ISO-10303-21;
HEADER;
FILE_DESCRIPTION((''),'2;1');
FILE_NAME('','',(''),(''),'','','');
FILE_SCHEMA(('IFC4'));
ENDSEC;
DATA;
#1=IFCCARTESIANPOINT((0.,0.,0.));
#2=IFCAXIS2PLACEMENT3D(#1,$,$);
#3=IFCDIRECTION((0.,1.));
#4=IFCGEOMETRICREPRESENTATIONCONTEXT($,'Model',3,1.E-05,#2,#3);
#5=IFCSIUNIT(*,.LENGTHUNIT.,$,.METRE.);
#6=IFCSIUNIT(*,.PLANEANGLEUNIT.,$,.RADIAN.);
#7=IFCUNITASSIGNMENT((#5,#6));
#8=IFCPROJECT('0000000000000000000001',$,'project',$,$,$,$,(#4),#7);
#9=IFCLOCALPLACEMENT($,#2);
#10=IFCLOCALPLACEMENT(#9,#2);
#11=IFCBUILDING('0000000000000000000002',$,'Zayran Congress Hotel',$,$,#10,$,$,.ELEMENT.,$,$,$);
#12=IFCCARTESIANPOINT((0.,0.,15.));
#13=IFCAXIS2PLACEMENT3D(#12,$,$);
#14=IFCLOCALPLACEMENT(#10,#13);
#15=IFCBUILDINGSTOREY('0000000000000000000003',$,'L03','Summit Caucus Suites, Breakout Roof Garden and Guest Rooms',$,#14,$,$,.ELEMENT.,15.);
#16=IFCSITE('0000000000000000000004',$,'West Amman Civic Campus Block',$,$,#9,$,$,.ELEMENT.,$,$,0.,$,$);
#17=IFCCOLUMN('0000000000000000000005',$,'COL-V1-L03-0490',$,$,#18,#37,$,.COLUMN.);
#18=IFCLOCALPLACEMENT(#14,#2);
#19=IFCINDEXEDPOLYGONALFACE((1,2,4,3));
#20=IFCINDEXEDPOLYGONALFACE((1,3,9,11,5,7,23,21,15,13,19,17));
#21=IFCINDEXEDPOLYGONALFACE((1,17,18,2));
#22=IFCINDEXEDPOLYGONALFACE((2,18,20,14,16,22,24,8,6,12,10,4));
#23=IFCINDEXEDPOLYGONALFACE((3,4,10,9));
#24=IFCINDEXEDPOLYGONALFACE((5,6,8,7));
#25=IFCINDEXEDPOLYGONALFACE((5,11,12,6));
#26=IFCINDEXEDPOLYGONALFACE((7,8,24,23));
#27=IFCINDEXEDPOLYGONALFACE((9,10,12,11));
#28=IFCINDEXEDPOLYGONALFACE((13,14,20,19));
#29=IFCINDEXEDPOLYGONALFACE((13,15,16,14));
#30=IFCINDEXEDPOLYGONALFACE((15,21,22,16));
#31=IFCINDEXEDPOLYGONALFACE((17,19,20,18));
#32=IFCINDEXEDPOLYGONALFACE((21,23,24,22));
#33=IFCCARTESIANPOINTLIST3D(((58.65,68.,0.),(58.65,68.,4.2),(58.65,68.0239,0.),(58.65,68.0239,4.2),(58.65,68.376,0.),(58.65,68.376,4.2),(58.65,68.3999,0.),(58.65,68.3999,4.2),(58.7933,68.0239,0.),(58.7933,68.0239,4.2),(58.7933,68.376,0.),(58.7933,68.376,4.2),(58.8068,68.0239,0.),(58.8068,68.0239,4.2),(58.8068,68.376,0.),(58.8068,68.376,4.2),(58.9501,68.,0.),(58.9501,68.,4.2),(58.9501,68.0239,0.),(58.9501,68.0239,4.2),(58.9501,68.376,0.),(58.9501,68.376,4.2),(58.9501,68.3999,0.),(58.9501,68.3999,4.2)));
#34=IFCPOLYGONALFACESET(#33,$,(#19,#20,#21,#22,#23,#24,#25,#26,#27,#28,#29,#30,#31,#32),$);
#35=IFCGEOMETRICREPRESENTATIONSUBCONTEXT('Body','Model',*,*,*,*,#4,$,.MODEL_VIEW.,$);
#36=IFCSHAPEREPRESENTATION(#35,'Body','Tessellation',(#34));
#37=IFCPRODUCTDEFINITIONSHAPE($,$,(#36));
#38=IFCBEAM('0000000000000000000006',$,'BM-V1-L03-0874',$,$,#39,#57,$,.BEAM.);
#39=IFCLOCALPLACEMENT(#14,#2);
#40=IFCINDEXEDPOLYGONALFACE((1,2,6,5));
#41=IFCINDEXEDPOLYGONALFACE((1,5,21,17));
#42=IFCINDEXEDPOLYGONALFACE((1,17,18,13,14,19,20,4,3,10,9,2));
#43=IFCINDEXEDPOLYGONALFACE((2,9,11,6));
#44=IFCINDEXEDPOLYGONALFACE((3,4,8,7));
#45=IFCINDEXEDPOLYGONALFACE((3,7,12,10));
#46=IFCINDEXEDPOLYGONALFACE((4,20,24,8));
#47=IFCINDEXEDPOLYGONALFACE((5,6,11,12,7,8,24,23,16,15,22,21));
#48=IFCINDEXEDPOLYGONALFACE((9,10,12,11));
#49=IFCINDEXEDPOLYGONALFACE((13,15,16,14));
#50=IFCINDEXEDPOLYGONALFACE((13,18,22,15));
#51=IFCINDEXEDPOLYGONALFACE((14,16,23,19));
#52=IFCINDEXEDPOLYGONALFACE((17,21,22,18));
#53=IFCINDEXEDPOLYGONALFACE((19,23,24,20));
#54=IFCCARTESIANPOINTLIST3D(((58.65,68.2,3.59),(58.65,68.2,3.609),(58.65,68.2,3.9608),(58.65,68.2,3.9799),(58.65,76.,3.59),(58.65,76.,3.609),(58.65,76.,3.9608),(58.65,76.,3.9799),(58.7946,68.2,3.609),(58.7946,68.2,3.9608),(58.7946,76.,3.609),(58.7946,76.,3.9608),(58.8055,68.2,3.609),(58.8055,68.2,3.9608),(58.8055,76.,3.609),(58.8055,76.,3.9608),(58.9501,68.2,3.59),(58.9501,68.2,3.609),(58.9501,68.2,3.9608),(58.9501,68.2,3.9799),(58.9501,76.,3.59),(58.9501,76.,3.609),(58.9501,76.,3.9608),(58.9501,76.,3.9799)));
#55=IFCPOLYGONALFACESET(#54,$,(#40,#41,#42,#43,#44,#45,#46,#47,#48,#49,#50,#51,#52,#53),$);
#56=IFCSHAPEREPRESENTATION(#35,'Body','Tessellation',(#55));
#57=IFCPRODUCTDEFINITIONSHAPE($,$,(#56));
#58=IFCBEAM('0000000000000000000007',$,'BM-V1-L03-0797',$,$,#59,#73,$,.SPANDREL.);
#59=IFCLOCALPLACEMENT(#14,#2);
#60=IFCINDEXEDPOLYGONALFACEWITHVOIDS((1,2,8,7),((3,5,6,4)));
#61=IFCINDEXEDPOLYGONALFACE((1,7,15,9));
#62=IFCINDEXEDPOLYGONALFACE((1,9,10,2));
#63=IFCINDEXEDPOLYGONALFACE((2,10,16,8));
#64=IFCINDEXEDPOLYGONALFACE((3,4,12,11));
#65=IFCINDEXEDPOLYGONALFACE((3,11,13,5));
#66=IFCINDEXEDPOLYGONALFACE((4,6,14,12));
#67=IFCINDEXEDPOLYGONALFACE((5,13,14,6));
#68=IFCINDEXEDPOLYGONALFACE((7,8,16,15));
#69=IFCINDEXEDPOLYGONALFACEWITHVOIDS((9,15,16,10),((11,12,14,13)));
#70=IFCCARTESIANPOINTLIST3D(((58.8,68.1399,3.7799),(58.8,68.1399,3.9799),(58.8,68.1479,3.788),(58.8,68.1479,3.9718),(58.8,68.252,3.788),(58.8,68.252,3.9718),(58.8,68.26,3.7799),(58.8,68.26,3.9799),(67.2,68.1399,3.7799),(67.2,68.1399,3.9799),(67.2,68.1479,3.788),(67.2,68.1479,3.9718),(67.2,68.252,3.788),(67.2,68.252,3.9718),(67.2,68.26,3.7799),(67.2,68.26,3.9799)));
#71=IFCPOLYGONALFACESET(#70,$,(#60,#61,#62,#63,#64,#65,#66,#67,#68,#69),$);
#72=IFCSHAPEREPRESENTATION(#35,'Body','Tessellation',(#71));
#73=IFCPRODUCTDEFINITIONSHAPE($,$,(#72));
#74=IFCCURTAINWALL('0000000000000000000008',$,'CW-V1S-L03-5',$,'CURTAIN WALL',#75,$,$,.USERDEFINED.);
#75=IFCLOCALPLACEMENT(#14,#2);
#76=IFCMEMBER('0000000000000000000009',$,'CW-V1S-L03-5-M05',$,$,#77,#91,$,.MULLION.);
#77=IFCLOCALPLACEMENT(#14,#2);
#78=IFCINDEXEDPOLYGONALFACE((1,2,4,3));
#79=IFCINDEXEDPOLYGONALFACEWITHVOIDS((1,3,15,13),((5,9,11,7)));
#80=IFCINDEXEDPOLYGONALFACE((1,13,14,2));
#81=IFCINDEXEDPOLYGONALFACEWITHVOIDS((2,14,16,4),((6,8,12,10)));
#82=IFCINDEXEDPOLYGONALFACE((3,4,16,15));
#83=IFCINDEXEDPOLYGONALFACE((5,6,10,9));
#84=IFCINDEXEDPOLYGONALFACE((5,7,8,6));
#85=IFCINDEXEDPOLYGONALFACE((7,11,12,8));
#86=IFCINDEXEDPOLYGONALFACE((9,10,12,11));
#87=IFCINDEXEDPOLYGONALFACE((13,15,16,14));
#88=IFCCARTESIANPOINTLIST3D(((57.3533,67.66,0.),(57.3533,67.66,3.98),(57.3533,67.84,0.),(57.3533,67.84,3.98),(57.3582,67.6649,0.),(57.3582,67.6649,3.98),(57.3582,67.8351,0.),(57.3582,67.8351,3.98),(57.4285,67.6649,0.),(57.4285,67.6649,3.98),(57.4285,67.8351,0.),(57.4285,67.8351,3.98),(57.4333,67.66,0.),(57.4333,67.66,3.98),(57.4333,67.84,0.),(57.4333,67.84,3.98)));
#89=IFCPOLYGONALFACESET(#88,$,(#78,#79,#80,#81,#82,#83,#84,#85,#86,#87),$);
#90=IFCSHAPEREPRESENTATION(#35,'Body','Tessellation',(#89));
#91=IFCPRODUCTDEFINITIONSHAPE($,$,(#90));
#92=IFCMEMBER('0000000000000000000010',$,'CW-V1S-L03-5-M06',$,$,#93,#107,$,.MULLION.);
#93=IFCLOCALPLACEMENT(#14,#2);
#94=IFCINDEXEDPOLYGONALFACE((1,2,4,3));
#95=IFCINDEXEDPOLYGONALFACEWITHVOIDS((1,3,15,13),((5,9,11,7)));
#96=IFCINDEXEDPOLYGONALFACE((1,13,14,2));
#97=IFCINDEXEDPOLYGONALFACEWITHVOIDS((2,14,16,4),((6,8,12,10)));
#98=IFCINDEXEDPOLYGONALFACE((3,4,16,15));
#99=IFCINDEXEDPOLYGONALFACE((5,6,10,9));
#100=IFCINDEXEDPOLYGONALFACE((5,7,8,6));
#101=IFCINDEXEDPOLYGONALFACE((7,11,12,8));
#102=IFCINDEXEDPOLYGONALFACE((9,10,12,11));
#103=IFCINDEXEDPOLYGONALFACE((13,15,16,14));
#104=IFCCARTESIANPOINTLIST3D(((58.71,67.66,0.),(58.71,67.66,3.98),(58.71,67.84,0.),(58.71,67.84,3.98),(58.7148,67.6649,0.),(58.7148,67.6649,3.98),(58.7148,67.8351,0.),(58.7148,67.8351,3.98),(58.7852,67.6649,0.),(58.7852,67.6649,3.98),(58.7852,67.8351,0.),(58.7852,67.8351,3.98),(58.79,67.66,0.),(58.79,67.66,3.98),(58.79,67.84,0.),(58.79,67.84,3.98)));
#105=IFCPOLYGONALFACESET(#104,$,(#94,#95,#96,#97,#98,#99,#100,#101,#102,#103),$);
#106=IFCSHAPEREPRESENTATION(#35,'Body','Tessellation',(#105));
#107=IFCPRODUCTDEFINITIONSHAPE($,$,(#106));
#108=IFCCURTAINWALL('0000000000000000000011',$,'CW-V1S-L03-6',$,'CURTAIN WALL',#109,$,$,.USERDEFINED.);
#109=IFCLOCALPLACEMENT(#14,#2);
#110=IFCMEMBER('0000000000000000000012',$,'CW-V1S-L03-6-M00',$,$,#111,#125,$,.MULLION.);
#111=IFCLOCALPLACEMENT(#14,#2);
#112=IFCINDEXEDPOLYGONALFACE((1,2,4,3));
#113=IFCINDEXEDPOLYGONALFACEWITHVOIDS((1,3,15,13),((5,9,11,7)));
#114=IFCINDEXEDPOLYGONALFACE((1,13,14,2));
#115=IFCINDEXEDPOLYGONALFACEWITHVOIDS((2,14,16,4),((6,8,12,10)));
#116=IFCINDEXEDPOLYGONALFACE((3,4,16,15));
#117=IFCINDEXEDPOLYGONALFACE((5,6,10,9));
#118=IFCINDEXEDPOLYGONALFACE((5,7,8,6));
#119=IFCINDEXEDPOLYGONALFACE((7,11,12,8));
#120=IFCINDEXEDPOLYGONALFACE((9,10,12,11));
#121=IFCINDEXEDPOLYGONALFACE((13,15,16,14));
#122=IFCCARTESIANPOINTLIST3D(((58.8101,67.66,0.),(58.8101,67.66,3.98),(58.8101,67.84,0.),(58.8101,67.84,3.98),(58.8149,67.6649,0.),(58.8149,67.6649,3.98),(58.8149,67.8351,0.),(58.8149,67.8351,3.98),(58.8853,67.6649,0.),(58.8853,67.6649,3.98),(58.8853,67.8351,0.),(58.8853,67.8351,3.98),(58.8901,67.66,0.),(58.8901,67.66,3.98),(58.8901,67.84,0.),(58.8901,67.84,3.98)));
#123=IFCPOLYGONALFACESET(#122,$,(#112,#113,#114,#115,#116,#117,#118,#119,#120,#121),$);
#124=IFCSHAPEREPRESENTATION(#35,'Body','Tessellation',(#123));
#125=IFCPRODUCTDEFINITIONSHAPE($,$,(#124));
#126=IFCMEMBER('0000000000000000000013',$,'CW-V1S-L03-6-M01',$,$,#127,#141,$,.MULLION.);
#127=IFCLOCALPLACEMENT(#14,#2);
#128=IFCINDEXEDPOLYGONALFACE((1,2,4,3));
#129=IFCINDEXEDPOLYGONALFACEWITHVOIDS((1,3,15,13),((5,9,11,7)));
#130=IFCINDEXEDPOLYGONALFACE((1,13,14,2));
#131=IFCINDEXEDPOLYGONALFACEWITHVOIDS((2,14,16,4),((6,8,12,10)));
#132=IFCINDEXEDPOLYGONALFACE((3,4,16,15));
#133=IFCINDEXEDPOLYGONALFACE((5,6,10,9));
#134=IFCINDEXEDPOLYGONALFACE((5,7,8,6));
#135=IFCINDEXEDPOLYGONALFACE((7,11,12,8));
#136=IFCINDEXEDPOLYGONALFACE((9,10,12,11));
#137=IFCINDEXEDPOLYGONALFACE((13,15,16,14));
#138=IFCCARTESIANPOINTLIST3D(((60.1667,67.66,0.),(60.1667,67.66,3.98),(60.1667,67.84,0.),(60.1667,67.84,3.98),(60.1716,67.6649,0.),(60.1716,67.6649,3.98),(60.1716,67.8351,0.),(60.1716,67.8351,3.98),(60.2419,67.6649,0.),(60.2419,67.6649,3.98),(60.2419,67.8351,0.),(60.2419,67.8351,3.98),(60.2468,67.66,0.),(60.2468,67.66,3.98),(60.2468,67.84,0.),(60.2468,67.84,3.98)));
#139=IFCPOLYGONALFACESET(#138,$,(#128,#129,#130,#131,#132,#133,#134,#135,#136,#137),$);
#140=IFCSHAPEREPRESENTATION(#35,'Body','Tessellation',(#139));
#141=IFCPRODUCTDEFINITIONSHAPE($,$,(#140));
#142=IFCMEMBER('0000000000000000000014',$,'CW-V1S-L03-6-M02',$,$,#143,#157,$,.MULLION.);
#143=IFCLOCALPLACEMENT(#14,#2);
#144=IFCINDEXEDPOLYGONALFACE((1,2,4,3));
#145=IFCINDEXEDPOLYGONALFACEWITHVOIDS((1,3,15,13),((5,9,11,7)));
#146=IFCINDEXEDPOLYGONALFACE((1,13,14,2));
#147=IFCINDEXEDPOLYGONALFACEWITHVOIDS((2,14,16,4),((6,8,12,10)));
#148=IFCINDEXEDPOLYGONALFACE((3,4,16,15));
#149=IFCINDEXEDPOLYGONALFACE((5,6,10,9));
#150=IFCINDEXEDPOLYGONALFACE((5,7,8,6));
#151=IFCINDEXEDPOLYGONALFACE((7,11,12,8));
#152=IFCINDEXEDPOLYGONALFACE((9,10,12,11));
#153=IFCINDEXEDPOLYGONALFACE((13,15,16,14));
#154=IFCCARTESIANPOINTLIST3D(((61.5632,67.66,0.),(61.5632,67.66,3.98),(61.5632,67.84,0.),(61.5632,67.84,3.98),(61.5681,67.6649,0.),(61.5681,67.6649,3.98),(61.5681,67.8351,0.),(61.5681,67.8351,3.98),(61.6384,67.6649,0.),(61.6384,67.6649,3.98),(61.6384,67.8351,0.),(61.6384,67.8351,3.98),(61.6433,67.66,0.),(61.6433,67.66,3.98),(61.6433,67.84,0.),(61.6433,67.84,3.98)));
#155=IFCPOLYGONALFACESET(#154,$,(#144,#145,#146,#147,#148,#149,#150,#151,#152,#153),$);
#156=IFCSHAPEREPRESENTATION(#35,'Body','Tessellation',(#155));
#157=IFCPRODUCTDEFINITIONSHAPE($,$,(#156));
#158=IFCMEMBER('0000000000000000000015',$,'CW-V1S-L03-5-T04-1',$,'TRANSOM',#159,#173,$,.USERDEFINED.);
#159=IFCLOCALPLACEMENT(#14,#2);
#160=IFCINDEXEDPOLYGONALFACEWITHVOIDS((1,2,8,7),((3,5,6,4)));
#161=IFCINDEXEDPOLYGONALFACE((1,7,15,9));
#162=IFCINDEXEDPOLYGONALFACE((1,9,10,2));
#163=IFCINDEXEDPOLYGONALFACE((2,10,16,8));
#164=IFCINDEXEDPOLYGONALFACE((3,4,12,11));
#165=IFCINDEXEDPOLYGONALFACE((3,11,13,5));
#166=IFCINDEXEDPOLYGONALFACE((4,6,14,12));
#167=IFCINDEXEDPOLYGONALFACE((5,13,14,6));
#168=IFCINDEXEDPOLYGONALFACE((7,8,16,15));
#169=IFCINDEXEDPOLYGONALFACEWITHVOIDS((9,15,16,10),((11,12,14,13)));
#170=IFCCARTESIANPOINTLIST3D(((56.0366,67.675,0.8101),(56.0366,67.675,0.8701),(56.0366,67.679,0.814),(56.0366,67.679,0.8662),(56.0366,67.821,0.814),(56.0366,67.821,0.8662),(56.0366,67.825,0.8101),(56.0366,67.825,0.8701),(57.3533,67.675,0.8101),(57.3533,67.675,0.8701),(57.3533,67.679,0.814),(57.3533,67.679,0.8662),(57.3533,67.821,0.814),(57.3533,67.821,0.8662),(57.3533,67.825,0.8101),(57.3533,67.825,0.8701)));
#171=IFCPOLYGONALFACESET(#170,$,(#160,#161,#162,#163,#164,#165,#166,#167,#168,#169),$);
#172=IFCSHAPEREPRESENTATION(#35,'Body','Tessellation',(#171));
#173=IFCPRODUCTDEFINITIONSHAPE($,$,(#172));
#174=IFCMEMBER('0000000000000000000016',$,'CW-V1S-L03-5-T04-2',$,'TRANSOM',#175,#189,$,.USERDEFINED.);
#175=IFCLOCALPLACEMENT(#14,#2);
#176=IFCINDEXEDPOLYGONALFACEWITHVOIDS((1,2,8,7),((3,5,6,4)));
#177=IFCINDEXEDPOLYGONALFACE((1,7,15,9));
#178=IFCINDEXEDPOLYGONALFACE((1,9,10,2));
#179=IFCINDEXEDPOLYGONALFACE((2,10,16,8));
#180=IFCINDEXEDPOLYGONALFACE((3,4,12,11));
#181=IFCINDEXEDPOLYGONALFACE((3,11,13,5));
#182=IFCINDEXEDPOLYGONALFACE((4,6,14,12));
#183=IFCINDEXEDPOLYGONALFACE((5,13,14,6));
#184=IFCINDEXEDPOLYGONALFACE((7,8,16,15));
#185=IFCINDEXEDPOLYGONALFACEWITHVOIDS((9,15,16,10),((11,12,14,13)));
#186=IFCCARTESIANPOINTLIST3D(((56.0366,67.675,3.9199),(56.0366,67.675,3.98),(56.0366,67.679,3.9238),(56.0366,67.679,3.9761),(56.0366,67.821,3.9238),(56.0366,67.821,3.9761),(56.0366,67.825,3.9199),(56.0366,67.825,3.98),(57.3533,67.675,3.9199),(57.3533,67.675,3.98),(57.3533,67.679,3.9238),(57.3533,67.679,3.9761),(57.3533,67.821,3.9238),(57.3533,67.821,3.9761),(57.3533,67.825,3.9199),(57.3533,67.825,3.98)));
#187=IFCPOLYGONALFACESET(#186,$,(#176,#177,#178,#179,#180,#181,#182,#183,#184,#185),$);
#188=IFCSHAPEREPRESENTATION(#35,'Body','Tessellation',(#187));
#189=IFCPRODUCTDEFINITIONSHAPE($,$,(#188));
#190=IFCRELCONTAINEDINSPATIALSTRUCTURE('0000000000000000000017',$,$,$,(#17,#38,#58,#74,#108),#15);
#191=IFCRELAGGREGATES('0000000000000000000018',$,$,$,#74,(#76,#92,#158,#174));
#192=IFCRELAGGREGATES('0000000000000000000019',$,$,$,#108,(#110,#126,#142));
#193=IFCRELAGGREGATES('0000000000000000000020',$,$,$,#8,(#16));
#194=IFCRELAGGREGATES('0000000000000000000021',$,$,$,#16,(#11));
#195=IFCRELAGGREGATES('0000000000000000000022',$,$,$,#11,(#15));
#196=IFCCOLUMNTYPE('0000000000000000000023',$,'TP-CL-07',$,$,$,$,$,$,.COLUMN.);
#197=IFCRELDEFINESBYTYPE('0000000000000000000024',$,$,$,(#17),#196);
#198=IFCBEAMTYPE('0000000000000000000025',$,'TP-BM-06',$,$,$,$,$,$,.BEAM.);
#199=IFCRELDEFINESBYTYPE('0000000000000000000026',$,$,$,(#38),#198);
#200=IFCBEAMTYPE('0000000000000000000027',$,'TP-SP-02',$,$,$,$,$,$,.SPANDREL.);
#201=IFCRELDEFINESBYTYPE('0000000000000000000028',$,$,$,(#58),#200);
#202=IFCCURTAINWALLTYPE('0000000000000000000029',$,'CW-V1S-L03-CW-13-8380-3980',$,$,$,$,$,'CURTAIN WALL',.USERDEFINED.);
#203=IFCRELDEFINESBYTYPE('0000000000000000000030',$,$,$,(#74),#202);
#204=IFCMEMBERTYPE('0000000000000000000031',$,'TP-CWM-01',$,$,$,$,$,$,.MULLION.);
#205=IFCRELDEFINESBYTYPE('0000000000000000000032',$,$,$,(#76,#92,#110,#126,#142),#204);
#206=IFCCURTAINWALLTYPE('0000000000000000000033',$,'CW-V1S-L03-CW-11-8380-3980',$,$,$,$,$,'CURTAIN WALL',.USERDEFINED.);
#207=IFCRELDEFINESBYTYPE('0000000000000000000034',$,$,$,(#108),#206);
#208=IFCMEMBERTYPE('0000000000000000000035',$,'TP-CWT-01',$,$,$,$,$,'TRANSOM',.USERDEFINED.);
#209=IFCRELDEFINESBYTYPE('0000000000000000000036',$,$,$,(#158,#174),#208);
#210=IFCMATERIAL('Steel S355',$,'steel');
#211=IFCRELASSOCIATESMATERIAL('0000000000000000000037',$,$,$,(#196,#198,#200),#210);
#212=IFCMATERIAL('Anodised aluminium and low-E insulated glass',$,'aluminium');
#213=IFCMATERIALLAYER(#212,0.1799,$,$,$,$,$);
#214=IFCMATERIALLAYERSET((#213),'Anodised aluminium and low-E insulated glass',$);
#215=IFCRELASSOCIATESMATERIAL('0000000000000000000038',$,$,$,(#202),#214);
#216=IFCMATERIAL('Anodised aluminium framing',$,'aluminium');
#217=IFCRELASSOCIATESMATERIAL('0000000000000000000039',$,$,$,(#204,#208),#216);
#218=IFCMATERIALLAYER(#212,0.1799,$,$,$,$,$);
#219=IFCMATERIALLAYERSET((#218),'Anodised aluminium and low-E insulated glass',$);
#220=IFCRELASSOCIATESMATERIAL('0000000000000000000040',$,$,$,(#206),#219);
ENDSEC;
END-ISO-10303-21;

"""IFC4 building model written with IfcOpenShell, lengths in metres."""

from ifc_helpers import new_model, si_unit, direction, frame, origin, origin_2d, place, context, subcontext, project, spatial, hollow_rectangle, i_section, extrude, material, layer, layer_set, material_profile, profile_set, type_object, element, aggregate, save


model = new_model("IFC4")

# Units and contexts
model_context = context("Model", 3, precision=1e-05, world=origin(), true_north=direction((0.0, 1.0)))
body_context = subcontext(model_context, "Body", "Model", "MODEL_VIEW")
ifc_project = project(units=[si_unit("LENGTHUNIT", "METRE"), si_unit("PLANEANGLEUNIT", "RADIAN")], contexts=[model_context])

# Site, building, storey
site_placement = place(None, origin())
site = spatial("IfcSite", under=ifc_project, at=site_placement, Name="West Amman Civic Campus Block", CompositionType="ELEMENT", RefElevation=0.0)
building_placement = place(site_placement, origin())
building = spatial("IfcBuilding", under=site, at=building_placement, Name="Zayran Congress Hotel", CompositionType="ELEMENT")
storey_placement = place(building_placement, frame((0.0, 0.0, 15.0)))
storey = spatial("IfcBuildingStorey", under=building, at=storey_placement, Name="L03", Description="Summit Caucus Suites, Breakout Roof Garden and Guest Rooms", CompositionType="ELEMENT", Elevation=15.0)

# Column
ifc_material_1 = material(Name="Steel S355", Category="steel")
ifc_material_profile_1 = material_profile(ifc_material_1, i_section(OverallWidth=0.3, OverallDepth=0.3999, WebThickness=0.0134, FlangeThickness=0.0239, at=origin_2d()), Name="HEB 400")
ifc_profile_set_1 = profile_set([ifc_material_profile_1], Name="Steel S355")
column_type = type_object("IfcColumnType", Name="TP-CL-07", PredefinedType="COLUMN", material=ifc_profile_set_1)
column_placement = place(storey_placement, frame((58.8, 68.2, 0.0), z_axis=(0.0, 0.0, 1.0), x_axis=(1.0, 0.0, 0.0)))
element("IfcColumn", 1, at=column_placement, inside=storey, type_object=column_type, Name="COL-V1-L03-0490", PredefinedType="COLUMN", context=body_context, shape_type="SweptSolid", body=[
    extrude(i_section(OverallWidth=0.3, OverallDepth=0.3999, WebThickness=0.0134, FlangeThickness=0.0239, at=origin_2d()), origin(), (0.0, 0.0, 1.0), 4.2),
])

# Beams
ifc_material_profile_2 = material_profile(ifc_material_1, i_section(OverallWidth=0.3, OverallDepth=0.3899, WebThickness=0.011, FlangeThickness=0.019, at=origin_2d()), Name="HEA 400")
ifc_profile_set_2 = profile_set([ifc_material_profile_2], Name="Steel S355")
beam_type_1 = type_object("IfcBeamType", Name="TP-BM-06", PredefinedType="BEAM", material=ifc_profile_set_2)
beam_1_placement = place(storey_placement, frame((58.8, 68.2, 3.7849), z_axis=(0.0, 1.0, 0.0), x_axis=(-1.0, 0.0, 0.0)))
element("IfcBeam", 2, at=beam_1_placement, inside=storey, type_object=beam_type_1, Name="BM-V1-L03-0874", PredefinedType="BEAM", context=body_context, shape_type="SweptSolid", body=[
    extrude(i_section(OverallWidth=0.3, OverallDepth=0.3899, WebThickness=0.011, FlangeThickness=0.019, at=origin_2d()), origin(), (0.0, 0.0, 1.0), 7.8),
])
ifc_material_profile_3 = material_profile(ifc_material_1, hollow_rectangle(XDim=0.1201, YDim=0.2, WallThickness=0.0081, at=origin_2d()), Name="RHS 200x120x8")
ifc_profile_set_3 = profile_set([ifc_material_profile_3], Name="Steel S355")
beam_type_2 = type_object("IfcBeamType", Name="TP-SP-02", PredefinedType="SPANDREL", material=ifc_profile_set_3)
beam_2_placement = place(storey_placement, frame((58.8, 68.2, 3.8799), z_axis=(1.0, 0.0, 0.0), x_axis=(0.0, 1.0, 0.0)))
element("IfcBeam", 3, at=beam_2_placement, inside=storey, type_object=beam_type_2, Name="BM-V1-L03-0797", PredefinedType="SPANDREL", context=body_context, shape_type="SweptSolid", body=[
    extrude(hollow_rectangle(XDim=0.1201, YDim=0.2, WallThickness=0.0081, at=origin_2d()), origin(), (0.0, 0.0, 1.0), 8.3999),
])

# Curtain walls, members
ifc_material_2 = material(Name="Anodised aluminium and low-E insulated glass", Category="aluminium")
ifc_layer_1 = layer(ifc_material_2, 0.1799)
ifc_layer_set_1 = layer_set([ifc_layer_1], Name="Anodised aluminium and low-E insulated glass")
curtain_wall_type_1 = type_object("IfcCurtainWallType", Name="CW-V1S-L03-CW-13-8380-3980", ElementType="CURTAIN WALL", PredefinedType="USERDEFINED", material=ifc_layer_set_1)
curtain_wall_1_placement = place(storey_placement, origin())
curtain_wall_1 = element("IfcCurtainWall", 4, at=curtain_wall_1_placement, inside=storey, type_object=curtain_wall_type_1, Name="CW-V1S-L03-5", ObjectType="CURTAIN WALL", PredefinedType="USERDEFINED")
ifc_material_3 = material(Name="Anodised aluminium framing", Category="aluminium")
ifc_material_profile_4 = material_profile(ifc_material_3, hollow_rectangle(XDim=0.0801, YDim=0.1799, WallThickness=0.0049, at=origin_2d()), Name="RHS 180x80x5")
ifc_profile_set_4 = profile_set([ifc_material_profile_4], Name="Anodised aluminium framing")
member_type_1 = type_object("IfcMemberType", Name="TP-CWM-01", PredefinedType="MULLION", material=ifc_profile_set_4)
member_1_placement = place(storey_placement, frame((57.3933, 67.75, 0.0), z_axis=(0.0, 0.0, 1.0), x_axis=(1.0, 0.0, 0.0)))
member_1 = element("IfcMember", 5, at=member_1_placement, type_object=member_type_1, Name="CW-V1S-L03-5-M05", PredefinedType="MULLION", context=body_context, shape_type="SweptSolid", body=[
    extrude(hollow_rectangle(XDim=0.0801, YDim=0.1799, WallThickness=0.0049, at=origin_2d()), origin(), (0.0, 0.0, 1.0), 3.98),
])
member_2_placement = place(storey_placement, frame((58.75, 67.75, 0.0), z_axis=(0.0, 0.0, 1.0), x_axis=(1.0, 0.0, 0.0)))
member_2 = element("IfcMember", 6, at=member_2_placement, type_object=member_type_1, Name="CW-V1S-L03-5-M06", PredefinedType="MULLION", context=body_context, shape_type="SweptSolid", body=[
    extrude(hollow_rectangle(XDim=0.0801, YDim=0.1799, WallThickness=0.0049, at=origin_2d()), origin(), (0.0, 0.0, 1.0), 3.98),
])
ifc_layer_2 = layer(ifc_material_2, 0.1799)
ifc_layer_set_2 = layer_set([ifc_layer_2], Name="Anodised aluminium and low-E insulated glass")
curtain_wall_type_2 = type_object("IfcCurtainWallType", Name="CW-V1S-L03-CW-11-8380-3980", ElementType="CURTAIN WALL", PredefinedType="USERDEFINED", material=ifc_layer_set_2)
curtain_wall_2_placement = place(storey_placement, origin())
curtain_wall_2 = element("IfcCurtainWall", 7, at=curtain_wall_2_placement, inside=storey, type_object=curtain_wall_type_2, Name="CW-V1S-L03-6", ObjectType="CURTAIN WALL", PredefinedType="USERDEFINED")
member_3_placement = place(storey_placement, frame((58.8501, 67.75, 0.0), z_axis=(0.0, 0.0, 1.0), x_axis=(1.0, 0.0, 0.0)))
member_3 = element("IfcMember", 8, at=member_3_placement, type_object=member_type_1, Name="CW-V1S-L03-6-M00", PredefinedType="MULLION", context=body_context, shape_type="SweptSolid", body=[
    extrude(hollow_rectangle(XDim=0.0801, YDim=0.1799, WallThickness=0.0049, at=origin_2d()), origin(), (0.0, 0.0, 1.0), 3.98),
])
member_4_placement = place(storey_placement, frame((60.2068, 67.75, 0.0), z_axis=(0.0, 0.0, 1.0), x_axis=(1.0, 0.0, 0.0)))
member_4 = element("IfcMember", 9, at=member_4_placement, type_object=member_type_1, Name="CW-V1S-L03-6-M01", PredefinedType="MULLION", context=body_context, shape_type="SweptSolid", body=[
    extrude(hollow_rectangle(XDim=0.0801, YDim=0.1799, WallThickness=0.0049, at=origin_2d()), origin(), (0.0, 0.0, 1.0), 3.98),
])
member_5_placement = place(storey_placement, frame((61.6033, 67.75, 0.0), z_axis=(0.0, 0.0, 1.0), x_axis=(1.0, 0.0, 0.0)))
member_5 = element("IfcMember", 10, at=member_5_placement, type_object=member_type_1, Name="CW-V1S-L03-6-M02", PredefinedType="MULLION", context=body_context, shape_type="SweptSolid", body=[
    extrude(hollow_rectangle(XDim=0.0801, YDim=0.1799, WallThickness=0.0049, at=origin_2d()), origin(), (0.0, 0.0, 1.0), 3.98),
])

# Members
ifc_material_profile_5 = material_profile(ifc_material_3, hollow_rectangle(XDim=0.0601, YDim=0.1499, WallThickness=0.0039, at=origin_2d()), Name="RHS 150x60x4")
ifc_profile_set_5 = profile_set([ifc_material_profile_5], Name="Anodised aluminium framing")
member_type_2 = type_object("IfcMemberType", Name="TP-CWT-01", ElementType="TRANSOM", PredefinedType="USERDEFINED", material=ifc_profile_set_5)
member_6_placement = place(storey_placement, frame((56.0366, 67.75, 0.8401), z_axis=(1.0, 0.0, 0.0), x_axis=(0.0, 0.0, 1.0)))
member_6 = element("IfcMember", 11, at=member_6_placement, type_object=member_type_2, Name="CW-V1S-L03-5-T04-1", ObjectType="TRANSOM", PredefinedType="USERDEFINED", context=body_context, shape_type="SweptSolid", body=[
    extrude(hollow_rectangle(XDim=0.0601, YDim=0.1499, WallThickness=0.0039, at=origin_2d()), origin(), (0.0, 0.0, 1.0), 1.3167),
])
member_7_placement = place(storey_placement, frame((56.0366, 67.75, 3.95), z_axis=(1.0, 0.0, 0.0), x_axis=(0.0, 0.0, 1.0)))
member_7 = element("IfcMember", 12, at=member_7_placement, type_object=member_type_2, Name="CW-V1S-L03-5-T04-2", ObjectType="TRANSOM", PredefinedType="USERDEFINED", context=body_context, shape_type="SweptSolid", body=[
    extrude(hollow_rectangle(XDim=0.0601, YDim=0.1499, WallThickness=0.0039, at=origin_2d()), origin(), (0.0, 0.0, 1.0), 1.3167),
])

aggregate(curtain_wall_1, [member_1, member_2, member_6, member_7])
aggregate(curtain_wall_2, [member_3, member_4, member_5])

save(model, "model.ifc")
